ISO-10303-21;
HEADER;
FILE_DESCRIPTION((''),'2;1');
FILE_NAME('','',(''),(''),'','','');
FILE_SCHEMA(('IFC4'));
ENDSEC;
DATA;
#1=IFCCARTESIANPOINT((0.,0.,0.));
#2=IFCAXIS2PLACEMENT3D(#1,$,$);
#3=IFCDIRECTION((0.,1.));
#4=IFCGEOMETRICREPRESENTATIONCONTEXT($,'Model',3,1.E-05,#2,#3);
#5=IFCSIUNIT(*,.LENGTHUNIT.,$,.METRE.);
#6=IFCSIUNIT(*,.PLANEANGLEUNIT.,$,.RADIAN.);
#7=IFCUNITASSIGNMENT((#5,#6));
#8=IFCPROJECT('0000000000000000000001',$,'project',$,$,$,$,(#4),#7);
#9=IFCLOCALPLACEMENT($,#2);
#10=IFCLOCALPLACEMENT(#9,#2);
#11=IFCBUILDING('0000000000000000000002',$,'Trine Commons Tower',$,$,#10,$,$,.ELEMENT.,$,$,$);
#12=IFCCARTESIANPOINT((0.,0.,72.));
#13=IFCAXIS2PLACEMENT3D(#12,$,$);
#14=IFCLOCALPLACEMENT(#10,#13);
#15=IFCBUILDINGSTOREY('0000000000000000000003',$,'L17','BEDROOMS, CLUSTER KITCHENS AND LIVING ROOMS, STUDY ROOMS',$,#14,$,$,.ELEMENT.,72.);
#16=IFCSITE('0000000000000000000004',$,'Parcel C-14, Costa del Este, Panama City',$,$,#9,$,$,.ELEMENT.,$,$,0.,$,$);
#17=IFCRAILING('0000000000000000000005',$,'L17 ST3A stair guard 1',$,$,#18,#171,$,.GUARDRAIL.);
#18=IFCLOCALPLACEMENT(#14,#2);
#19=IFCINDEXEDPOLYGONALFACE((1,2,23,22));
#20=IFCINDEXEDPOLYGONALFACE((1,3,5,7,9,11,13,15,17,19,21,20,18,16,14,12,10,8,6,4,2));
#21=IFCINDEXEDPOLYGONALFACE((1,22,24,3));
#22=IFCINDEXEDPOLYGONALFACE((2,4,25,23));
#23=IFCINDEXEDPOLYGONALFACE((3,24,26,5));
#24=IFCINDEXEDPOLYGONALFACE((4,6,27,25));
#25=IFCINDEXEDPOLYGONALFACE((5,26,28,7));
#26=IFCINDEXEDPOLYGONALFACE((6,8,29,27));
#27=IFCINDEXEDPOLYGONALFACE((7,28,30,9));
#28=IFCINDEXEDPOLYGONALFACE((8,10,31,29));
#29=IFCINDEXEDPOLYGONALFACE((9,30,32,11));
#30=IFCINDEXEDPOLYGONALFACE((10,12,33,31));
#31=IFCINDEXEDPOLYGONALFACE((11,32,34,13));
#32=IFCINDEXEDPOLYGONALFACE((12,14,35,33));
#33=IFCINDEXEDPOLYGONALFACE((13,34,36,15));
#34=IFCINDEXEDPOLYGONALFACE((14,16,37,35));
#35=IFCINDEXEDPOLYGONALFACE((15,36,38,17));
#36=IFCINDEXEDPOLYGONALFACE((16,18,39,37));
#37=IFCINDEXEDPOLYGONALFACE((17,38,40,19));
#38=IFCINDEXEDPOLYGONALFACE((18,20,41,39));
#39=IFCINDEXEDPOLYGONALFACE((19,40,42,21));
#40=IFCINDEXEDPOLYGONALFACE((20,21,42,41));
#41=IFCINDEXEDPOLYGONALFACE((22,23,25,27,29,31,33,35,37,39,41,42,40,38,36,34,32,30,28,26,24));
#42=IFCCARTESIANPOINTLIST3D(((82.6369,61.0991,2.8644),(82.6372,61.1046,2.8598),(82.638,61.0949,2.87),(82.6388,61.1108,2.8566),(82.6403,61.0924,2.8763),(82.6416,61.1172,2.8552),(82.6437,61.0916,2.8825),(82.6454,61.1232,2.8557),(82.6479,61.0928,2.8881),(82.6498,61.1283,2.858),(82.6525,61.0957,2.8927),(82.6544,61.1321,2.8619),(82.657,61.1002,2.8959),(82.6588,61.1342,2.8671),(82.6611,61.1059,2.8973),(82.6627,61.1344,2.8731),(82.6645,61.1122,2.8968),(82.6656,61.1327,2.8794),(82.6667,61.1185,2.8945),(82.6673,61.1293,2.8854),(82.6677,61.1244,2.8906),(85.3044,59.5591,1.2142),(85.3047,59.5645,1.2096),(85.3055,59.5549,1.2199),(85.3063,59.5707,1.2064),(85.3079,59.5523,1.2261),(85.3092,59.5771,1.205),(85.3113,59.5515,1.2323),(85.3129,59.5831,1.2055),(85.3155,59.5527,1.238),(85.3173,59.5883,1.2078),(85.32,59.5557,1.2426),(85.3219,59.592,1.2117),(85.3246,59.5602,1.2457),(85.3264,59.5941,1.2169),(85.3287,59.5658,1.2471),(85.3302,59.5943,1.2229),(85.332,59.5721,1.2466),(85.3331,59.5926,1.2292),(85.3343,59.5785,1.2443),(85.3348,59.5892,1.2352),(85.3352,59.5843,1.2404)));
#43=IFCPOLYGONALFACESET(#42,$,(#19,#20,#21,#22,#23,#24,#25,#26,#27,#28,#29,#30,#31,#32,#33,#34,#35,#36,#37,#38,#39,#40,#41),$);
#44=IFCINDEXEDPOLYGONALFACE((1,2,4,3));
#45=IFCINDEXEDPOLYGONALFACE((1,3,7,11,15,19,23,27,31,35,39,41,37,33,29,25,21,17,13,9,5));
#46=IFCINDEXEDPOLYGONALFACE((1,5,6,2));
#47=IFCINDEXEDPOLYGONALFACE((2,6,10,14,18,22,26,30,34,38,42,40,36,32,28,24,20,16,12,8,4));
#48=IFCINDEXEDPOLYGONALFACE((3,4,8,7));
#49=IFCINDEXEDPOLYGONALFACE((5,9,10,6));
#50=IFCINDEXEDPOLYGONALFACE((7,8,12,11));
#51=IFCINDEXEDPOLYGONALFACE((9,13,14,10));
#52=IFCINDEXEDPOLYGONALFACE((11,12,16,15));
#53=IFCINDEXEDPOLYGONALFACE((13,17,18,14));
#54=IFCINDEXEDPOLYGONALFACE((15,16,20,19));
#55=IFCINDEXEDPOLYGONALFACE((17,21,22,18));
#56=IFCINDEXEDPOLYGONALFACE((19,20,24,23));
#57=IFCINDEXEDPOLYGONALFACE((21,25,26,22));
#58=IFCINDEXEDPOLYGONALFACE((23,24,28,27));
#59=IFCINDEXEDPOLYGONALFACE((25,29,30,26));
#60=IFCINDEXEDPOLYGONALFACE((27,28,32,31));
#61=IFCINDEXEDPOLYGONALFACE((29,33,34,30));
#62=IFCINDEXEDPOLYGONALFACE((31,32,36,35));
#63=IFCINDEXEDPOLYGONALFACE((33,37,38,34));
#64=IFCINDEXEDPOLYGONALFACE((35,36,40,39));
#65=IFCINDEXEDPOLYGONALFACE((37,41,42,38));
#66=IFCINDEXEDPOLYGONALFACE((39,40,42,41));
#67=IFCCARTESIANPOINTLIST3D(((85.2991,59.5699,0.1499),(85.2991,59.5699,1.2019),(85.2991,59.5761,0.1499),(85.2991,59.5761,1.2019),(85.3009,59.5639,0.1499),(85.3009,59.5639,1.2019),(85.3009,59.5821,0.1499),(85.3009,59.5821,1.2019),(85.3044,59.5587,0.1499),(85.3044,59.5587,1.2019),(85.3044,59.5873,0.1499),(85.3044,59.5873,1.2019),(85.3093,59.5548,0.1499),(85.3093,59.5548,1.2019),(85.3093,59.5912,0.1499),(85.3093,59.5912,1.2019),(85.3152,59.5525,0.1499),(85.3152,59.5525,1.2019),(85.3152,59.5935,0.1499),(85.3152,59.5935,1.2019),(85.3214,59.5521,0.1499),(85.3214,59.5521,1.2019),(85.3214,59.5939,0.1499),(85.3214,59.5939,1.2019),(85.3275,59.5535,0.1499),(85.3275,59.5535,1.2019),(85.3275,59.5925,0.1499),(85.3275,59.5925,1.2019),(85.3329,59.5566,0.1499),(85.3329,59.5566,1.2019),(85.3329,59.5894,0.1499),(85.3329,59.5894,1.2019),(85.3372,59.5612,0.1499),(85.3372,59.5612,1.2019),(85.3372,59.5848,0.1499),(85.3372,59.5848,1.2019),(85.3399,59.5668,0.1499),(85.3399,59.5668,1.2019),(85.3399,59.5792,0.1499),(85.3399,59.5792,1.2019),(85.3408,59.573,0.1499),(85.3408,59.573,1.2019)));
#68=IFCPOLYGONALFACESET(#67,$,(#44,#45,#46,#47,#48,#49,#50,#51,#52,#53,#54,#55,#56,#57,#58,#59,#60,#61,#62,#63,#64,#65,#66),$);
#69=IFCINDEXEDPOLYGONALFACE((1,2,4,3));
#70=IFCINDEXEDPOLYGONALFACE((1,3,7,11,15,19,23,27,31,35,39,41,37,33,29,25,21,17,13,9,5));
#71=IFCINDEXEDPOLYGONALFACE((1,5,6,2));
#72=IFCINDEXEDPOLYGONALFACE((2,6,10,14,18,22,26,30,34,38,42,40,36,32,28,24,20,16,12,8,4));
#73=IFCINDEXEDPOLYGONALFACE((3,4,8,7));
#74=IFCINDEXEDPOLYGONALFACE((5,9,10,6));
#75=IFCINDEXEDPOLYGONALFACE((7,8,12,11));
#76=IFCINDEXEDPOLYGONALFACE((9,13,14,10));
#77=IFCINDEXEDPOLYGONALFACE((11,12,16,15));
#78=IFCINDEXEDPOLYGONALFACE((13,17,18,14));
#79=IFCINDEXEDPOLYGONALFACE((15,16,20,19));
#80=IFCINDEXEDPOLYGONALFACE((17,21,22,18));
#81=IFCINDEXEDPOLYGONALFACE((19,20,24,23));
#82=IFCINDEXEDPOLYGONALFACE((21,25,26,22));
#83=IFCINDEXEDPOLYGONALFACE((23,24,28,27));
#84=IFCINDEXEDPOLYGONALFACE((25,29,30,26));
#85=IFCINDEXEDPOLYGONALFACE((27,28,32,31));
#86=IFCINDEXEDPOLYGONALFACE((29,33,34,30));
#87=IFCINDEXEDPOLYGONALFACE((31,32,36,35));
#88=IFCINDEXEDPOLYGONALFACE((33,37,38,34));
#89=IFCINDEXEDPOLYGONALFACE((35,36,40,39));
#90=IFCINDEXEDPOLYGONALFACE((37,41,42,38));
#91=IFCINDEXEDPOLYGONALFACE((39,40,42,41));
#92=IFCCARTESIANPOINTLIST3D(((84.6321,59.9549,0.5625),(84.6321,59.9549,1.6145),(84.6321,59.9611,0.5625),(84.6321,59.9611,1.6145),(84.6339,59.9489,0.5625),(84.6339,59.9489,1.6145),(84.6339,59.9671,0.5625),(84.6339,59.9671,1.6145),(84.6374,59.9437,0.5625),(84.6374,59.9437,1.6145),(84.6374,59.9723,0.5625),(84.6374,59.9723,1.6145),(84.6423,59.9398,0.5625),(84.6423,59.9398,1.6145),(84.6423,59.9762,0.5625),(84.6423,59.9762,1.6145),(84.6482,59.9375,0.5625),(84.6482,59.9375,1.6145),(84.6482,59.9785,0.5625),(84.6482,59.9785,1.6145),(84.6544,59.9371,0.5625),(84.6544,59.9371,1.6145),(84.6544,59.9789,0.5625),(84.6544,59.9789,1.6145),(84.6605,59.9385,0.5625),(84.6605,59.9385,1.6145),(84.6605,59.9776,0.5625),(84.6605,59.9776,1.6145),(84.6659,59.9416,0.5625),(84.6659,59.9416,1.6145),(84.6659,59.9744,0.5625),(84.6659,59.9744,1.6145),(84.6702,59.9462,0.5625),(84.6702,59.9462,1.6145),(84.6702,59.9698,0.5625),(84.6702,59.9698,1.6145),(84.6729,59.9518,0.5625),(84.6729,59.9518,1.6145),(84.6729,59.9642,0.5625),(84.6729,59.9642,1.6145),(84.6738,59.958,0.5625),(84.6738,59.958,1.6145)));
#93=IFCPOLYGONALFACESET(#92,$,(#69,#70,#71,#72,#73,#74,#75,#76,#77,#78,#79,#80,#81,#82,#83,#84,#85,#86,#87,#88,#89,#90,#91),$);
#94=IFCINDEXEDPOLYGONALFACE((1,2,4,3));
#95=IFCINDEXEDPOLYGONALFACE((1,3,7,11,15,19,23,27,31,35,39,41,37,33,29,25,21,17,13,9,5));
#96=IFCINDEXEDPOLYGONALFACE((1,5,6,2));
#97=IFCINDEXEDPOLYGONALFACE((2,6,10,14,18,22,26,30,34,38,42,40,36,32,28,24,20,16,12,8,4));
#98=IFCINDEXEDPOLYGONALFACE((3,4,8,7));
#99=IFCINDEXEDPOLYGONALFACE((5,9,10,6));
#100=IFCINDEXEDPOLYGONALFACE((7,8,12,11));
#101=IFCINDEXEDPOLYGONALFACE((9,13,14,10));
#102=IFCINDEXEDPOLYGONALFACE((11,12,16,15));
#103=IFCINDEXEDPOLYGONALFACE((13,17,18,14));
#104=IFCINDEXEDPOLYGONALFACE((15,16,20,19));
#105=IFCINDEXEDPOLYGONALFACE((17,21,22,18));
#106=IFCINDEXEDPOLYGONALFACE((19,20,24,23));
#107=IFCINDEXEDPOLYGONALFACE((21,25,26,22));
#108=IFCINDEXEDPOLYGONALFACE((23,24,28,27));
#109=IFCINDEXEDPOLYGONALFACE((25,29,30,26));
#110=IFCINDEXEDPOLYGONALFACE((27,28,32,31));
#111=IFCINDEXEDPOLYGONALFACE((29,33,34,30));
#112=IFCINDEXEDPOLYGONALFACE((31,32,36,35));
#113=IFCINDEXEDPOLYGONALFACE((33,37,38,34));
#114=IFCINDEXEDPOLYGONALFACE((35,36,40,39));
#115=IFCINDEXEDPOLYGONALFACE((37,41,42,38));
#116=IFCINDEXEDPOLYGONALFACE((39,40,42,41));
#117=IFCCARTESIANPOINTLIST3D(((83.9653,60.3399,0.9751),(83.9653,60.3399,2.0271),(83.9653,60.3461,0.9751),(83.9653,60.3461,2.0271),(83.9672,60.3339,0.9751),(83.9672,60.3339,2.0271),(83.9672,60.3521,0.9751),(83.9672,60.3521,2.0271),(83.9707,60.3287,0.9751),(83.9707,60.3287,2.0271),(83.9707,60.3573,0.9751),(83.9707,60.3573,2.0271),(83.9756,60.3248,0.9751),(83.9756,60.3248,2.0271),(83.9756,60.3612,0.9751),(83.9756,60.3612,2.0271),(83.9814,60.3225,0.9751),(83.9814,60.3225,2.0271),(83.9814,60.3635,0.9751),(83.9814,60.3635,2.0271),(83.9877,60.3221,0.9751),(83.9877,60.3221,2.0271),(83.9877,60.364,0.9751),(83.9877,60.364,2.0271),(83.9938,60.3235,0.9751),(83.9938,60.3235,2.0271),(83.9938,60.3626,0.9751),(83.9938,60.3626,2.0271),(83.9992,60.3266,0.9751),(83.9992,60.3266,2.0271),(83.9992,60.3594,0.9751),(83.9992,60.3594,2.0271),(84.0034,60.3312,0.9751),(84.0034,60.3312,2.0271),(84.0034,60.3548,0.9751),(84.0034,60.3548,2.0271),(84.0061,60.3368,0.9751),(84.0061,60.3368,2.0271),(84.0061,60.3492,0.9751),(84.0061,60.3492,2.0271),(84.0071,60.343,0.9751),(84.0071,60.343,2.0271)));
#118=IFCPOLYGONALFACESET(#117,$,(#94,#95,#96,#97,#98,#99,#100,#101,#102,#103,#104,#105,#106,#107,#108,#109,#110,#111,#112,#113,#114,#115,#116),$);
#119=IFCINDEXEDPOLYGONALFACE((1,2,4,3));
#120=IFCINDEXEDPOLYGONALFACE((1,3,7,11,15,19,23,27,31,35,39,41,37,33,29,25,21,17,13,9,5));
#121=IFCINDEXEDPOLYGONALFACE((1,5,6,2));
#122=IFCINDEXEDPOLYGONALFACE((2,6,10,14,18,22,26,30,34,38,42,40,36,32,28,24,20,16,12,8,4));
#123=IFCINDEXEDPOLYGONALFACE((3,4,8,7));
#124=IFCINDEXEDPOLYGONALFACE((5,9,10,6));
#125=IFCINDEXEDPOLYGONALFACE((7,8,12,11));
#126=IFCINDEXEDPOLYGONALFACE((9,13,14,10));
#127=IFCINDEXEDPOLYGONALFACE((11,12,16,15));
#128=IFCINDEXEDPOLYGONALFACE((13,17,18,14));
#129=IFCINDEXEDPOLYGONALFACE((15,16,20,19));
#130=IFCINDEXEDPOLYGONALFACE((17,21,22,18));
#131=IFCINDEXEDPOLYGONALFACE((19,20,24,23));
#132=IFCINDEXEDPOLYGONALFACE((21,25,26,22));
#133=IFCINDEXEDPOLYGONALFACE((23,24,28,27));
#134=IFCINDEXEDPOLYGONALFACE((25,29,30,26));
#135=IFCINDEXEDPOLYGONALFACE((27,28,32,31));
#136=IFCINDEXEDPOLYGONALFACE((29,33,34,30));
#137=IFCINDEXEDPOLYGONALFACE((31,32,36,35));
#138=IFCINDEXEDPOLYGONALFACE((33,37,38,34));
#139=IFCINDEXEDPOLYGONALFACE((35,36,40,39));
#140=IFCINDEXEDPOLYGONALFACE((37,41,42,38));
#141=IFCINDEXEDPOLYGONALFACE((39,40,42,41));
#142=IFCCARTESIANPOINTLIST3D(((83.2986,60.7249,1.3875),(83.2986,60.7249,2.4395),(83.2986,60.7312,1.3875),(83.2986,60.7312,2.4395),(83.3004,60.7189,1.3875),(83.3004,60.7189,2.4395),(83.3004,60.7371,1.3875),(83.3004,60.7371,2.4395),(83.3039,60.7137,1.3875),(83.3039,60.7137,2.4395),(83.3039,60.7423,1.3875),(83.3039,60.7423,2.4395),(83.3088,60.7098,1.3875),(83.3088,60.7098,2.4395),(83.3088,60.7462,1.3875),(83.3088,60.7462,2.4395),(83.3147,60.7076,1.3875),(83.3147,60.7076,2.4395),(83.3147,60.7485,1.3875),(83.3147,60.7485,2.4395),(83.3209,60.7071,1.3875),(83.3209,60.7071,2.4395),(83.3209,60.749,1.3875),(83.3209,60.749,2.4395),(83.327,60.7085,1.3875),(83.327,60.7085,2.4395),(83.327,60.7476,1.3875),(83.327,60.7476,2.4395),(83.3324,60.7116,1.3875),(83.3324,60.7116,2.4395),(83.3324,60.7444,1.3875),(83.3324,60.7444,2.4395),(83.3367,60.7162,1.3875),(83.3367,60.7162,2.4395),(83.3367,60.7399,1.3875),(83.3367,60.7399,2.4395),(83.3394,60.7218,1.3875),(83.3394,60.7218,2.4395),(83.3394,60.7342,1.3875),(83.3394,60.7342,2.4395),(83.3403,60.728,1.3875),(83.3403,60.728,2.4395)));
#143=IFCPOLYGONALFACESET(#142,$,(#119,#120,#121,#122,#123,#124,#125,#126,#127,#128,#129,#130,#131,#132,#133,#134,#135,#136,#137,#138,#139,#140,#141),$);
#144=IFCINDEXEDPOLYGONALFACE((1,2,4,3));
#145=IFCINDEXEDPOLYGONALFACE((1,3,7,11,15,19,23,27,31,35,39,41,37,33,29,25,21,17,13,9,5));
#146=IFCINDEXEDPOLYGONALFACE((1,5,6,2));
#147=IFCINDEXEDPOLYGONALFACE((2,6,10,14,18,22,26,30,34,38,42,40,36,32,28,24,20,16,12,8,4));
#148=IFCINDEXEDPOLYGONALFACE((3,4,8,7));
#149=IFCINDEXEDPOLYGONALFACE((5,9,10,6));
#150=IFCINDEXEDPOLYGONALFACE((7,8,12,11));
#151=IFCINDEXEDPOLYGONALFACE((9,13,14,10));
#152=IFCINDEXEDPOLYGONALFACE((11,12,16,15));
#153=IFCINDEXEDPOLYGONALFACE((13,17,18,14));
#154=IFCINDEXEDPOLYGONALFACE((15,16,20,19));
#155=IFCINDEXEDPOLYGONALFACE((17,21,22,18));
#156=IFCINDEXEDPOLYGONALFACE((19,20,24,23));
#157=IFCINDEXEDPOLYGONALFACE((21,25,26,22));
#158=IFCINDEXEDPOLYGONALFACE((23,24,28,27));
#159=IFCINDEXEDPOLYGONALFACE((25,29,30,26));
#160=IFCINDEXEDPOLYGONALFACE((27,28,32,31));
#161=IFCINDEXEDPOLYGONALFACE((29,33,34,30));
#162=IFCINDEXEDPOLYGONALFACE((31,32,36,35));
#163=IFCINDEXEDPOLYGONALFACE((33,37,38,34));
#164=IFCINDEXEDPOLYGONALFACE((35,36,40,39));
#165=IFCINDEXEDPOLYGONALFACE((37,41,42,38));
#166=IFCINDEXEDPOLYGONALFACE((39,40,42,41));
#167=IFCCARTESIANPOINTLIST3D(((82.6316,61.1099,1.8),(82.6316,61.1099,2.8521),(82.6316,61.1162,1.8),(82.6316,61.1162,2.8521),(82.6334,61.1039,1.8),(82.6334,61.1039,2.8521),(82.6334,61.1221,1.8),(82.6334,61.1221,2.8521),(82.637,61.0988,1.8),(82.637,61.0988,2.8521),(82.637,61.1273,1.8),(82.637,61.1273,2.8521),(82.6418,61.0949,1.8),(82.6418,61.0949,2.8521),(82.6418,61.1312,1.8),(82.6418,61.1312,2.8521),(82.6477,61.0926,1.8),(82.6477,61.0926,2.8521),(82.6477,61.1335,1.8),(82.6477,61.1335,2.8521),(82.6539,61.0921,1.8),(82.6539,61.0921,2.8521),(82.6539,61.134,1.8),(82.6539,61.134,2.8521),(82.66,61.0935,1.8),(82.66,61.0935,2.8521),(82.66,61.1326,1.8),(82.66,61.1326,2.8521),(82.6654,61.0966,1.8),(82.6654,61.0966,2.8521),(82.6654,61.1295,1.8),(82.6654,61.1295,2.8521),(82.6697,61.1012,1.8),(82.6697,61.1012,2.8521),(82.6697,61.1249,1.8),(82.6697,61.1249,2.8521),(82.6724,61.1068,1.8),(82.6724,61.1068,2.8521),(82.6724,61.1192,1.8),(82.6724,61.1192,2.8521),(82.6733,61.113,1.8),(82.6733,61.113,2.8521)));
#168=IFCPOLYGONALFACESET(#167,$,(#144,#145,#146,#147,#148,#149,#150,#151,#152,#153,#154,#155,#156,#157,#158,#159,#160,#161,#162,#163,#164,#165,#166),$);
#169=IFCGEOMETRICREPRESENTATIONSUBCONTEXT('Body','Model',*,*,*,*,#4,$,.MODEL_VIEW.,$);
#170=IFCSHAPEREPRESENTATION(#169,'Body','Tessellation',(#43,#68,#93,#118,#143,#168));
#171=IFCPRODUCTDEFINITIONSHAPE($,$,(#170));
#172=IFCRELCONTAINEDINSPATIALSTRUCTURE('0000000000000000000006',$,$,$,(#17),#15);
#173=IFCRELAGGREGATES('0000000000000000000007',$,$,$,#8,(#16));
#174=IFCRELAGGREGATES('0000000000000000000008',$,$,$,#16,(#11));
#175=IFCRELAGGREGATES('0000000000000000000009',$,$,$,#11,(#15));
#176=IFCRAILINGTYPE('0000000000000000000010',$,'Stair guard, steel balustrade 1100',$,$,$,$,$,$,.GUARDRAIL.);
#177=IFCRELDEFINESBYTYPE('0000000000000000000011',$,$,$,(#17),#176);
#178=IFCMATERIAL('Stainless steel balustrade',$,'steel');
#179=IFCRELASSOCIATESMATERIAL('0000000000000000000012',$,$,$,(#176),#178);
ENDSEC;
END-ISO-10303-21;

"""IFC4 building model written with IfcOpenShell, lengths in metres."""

from ifc_helpers import new_model, si_unit, direction, frame, origin, origin_2d, place, context, subcontext, project, spatial, circle, extrude, material, type_object, element, save


model = new_model("IFC4")

# Units and contexts
model_context = context("Model", 3, precision=1e-05, world=origin(), true_north=direction((0.0, 1.0)))
body_context = subcontext(model_context, "Body", "Model", "MODEL_VIEW")
ifc_project = project(units=[si_unit("LENGTHUNIT", "METRE"), si_unit("PLANEANGLEUNIT", "RADIAN")], contexts=[model_context])

# Site, building, storey
site_placement = place(None, origin())
site = spatial("IfcSite", under=ifc_project, at=site_placement, Name="Parcel C-14, Costa del Este, Panama City", CompositionType="ELEMENT", RefElevation=0.0)
building_placement = place(site_placement, origin())
building = spatial("IfcBuilding", under=site, at=building_placement, Name="Trine Commons Tower", CompositionType="ELEMENT")
storey_placement = place(building_placement, frame((0.0, 0.0, 72.0)))
storey = spatial("IfcBuildingStorey", under=building, at=storey_placement, Name="L17", Description="BEDROOMS, CLUSTER KITCHENS AND LIVING ROOMS, STUDY ROOMS", CompositionType="ELEMENT", Elevation=72.0)

# Railing
ifc_material_1 = material(Name="Stainless steel balustrade", Category="steel")
railing_type_1 = type_object("IfcRailingType", Name="Stair guard, steel balustrade 1100", PredefinedType="GUARDRAIL", material=ifc_material_1)
railing_1_placement = place(storey_placement, frame((85.3198, 59.573, 0.1499)))
element("IfcRailing", 1, at=railing_1_placement, inside=storey, type_object=railing_type_1, Name="L17 ST3A stair guard 1", PredefinedType="GUARDRAIL", context=body_context, shape_type="SweptSolid", body=[
    extrude(circle(Radius=0.0239, at=origin_2d()), frame((0.0, 0.0, 1.0762), z_axis=(-0.76338, 0.440728, 0.472239), x_axis=(-0.499992, -0.86603, 0.0)), (0.0, 0.0, 1.0), 3.4944),
    extrude(circle(Radius=0.021, at=origin_2d()), origin(), (0.0, 0.0, 1.0), 1.052),
    extrude(circle(Radius=0.021, at=origin_2d()), frame((-0.667, 0.385, 0.4126)), (0.0, 0.0, 1.0), 1.052),
    extrude(circle(Radius=0.021, at=origin_2d()), frame((-1.3337, 0.77, 0.8252)), (0.0, 0.0, 1.0), 1.052),
    extrude(circle(Radius=0.021, at=origin_2d()), frame((-2.0005, 1.155, 1.2375)), (0.0, 0.0, 1.0), 1.052),
    extrude(circle(Radius=0.021, at=origin_2d()), frame((-2.6675, 1.54, 1.6501)), (0.0, 0.0, 1.0), 1.052),
])

save(model, "model.ifc")
